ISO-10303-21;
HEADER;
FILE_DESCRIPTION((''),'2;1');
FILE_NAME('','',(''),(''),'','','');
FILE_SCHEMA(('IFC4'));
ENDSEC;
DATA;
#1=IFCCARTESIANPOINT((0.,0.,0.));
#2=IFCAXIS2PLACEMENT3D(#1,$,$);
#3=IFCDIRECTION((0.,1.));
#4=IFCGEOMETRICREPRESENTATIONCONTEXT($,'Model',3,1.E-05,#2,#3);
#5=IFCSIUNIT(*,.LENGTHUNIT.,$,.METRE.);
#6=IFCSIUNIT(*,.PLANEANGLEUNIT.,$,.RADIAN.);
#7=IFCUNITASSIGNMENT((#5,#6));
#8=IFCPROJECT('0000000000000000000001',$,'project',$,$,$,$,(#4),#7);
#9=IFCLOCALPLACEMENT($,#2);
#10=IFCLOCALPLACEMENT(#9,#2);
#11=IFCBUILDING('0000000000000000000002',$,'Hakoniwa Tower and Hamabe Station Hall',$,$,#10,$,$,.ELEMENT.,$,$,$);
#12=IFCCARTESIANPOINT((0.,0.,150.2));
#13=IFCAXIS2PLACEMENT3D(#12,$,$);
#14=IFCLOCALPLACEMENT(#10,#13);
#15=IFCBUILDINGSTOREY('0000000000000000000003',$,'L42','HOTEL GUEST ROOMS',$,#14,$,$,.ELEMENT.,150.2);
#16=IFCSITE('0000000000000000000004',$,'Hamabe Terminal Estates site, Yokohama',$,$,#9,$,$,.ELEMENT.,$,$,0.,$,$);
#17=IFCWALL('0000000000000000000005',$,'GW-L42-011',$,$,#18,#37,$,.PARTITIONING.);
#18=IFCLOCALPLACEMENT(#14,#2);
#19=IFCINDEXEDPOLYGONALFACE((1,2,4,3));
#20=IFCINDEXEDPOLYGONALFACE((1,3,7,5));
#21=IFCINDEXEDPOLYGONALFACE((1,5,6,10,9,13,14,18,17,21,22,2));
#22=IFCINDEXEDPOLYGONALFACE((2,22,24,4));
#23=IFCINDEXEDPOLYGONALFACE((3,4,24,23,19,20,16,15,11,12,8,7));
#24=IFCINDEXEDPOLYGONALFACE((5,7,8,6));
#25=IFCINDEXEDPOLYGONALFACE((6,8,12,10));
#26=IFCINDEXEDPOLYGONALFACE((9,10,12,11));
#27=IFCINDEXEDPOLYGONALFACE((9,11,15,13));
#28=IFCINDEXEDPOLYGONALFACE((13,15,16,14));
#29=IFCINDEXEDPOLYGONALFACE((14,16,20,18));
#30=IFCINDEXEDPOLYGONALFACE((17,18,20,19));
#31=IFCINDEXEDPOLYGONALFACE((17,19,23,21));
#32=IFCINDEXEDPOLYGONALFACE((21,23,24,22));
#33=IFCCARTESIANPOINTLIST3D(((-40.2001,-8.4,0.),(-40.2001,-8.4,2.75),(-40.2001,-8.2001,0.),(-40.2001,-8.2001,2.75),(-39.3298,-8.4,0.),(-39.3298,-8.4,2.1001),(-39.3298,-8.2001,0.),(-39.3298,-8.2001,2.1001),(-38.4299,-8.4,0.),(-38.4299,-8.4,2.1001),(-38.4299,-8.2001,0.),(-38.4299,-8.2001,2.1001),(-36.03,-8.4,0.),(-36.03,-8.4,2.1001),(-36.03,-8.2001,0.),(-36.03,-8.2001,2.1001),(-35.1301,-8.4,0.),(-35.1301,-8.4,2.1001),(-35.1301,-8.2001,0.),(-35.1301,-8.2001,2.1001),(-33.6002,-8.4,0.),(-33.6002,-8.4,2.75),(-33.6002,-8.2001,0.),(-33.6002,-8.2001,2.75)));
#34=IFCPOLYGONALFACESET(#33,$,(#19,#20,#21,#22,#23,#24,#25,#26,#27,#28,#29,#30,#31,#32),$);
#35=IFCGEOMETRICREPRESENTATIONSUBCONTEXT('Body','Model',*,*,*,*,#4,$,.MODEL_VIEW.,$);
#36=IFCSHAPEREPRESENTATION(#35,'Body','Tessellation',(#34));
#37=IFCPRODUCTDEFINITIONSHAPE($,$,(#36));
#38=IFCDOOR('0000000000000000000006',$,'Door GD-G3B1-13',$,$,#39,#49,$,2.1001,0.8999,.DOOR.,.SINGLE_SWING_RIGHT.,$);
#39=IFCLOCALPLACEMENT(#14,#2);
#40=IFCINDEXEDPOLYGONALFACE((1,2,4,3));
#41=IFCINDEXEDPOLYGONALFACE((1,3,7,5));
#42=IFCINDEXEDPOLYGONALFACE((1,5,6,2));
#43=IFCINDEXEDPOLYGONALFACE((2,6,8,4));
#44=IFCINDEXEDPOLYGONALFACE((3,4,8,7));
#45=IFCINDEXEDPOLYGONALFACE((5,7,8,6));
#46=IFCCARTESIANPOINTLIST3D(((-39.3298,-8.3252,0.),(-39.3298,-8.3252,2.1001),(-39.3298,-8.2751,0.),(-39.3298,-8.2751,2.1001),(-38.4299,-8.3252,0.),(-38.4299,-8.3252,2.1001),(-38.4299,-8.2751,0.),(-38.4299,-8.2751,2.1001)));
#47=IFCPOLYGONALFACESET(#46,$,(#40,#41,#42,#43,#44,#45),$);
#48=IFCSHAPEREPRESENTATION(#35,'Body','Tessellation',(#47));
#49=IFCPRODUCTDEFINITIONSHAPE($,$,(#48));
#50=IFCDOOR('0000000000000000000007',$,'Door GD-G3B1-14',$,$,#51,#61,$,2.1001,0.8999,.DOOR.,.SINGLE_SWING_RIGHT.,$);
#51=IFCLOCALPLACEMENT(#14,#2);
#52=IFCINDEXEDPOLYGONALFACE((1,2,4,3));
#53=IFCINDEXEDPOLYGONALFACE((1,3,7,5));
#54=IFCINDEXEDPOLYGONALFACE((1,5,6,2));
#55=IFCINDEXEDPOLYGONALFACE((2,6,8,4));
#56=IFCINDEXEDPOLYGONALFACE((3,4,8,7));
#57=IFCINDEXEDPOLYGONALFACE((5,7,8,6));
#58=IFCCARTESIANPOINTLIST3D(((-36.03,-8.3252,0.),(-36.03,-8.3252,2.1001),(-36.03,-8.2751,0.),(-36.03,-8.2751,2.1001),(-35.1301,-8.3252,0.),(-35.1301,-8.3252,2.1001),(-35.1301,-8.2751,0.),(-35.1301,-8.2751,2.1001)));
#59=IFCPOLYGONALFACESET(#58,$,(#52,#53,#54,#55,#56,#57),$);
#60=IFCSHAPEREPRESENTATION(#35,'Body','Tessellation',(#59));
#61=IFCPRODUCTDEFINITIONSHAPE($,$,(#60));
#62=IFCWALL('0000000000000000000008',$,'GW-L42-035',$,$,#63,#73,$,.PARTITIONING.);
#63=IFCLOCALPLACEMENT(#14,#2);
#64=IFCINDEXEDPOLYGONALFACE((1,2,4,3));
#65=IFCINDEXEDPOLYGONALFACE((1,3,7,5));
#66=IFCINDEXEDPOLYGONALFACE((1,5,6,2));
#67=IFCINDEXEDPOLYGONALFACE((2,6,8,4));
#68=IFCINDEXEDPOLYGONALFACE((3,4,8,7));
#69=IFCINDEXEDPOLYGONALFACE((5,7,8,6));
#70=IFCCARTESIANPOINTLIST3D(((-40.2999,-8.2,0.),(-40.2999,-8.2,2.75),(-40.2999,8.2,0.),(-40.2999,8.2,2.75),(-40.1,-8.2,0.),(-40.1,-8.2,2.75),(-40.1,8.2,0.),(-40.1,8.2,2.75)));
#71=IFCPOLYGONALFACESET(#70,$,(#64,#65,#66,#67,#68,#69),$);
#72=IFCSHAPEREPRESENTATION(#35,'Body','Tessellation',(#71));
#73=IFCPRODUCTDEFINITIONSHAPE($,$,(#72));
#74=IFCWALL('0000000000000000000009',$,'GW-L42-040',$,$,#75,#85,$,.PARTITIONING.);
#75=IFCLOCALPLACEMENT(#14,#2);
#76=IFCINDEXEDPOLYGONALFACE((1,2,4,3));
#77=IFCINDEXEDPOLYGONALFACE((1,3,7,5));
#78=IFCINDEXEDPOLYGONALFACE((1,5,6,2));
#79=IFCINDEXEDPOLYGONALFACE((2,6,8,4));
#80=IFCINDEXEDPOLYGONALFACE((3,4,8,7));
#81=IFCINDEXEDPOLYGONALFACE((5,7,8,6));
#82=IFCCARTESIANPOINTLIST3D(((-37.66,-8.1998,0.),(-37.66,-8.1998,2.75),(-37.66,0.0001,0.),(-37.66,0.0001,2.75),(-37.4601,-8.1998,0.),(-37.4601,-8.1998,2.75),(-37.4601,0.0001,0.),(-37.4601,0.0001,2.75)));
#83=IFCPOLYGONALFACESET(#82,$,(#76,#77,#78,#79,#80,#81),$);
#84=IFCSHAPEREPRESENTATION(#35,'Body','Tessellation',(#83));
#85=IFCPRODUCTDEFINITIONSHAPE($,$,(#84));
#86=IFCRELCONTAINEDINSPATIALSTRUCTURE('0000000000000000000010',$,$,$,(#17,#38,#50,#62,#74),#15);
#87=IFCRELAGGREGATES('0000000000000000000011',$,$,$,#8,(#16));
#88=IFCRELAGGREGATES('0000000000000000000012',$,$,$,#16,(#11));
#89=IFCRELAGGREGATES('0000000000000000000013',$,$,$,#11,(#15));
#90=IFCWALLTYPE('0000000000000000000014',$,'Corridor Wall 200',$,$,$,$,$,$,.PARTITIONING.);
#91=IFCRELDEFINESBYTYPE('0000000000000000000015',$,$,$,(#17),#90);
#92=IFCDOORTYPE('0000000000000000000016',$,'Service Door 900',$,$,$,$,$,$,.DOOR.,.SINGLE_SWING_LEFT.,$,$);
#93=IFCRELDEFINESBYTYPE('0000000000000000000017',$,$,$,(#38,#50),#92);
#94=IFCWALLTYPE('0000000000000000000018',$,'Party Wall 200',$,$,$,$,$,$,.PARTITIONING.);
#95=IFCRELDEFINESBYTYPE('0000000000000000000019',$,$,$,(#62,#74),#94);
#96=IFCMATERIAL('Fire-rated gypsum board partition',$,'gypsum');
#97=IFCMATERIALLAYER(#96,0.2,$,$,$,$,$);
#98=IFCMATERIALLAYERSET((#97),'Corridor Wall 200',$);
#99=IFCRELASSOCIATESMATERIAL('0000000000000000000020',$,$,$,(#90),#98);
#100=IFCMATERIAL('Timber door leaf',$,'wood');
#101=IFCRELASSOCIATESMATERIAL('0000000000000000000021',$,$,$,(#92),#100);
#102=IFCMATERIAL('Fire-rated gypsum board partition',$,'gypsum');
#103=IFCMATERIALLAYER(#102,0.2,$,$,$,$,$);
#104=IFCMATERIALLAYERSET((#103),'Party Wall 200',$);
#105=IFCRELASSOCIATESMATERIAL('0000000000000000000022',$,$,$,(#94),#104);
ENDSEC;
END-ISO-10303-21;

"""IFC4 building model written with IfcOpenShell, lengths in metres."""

from ifc_helpers import new_model, si_unit, direction, frame, frame_2d, origin, place, context, subcontext, project, spatial, rectangle, extrude, material, layer, layer_set, type_object, element, fill, save


model = new_model("IFC4")

# Units and contexts
model_context = context("Model", 3, precision=1e-05, world=origin(), true_north=direction((0.0, 1.0)))
body_context = subcontext(model_context, "Body", "Model", "MODEL_VIEW")
ifc_project = project(units=[si_unit("LENGTHUNIT", "METRE"), si_unit("PLANEANGLEUNIT", "RADIAN")], contexts=[model_context])

# Site, building, storey
site_placement = place(None, origin())
site = spatial("IfcSite", under=ifc_project, at=site_placement, Name="Hamabe Terminal Estates site, Yokohama", CompositionType="ELEMENT", RefElevation=0.0)
building_placement = place(site_placement, origin())
building = spatial("IfcBuilding", under=site, at=building_placement, Name="Hakoniwa Tower and Hamabe Station Hall", CompositionType="ELEMENT")
storey_placement = place(building_placement, frame((0.0, 0.0, 150.2)))
storey = spatial("IfcBuildingStorey", under=building, at=storey_placement, Name="L42", Description="HOTEL GUEST ROOMS", CompositionType="ELEMENT", Elevation=150.2)

# Wall, openings, doors
ifc_material_1 = material(Name="Fire-rated gypsum board partition", Category="gypsum")
ifc_layer_1 = layer(ifc_material_1, 0.2)
ifc_layer_set_1 = layer_set([ifc_layer_1], Name="Corridor Wall 200")
wall_type_1 = type_object("IfcWallType", Name="Corridor Wall 200", PredefinedType="PARTITIONING", material=ifc_layer_set_1)
wall_1_placement = place(storey_placement, frame((-40.2, -8.3, 0.0), z_axis=(0.0, 0.0, 1.0), x_axis=(1.0, 0.0, 0.0)))
wall_1 = element("IfcWall", 1, at=wall_1_placement, inside=storey, type_object=wall_type_1, Name="GW-L42-011", PredefinedType="PARTITIONING", context=body_context, shape_type="SweptSolid", body=[
    extrude(rectangle(XDim=6.5999, YDim=0.2, at=frame_2d((3.2998, 0.0))), origin(), (0.0, 0.0, 1.0), 2.75),
])
opening_1_placement = place(wall_1_placement, frame((0.8701, 0.0, 0.0)))
opening_1 = element("IfcOpeningElement", 2, at=opening_1_placement, cuts=wall_1, PredefinedType="OPENING", context=body_context, shape_type="SweptSolid", body=[
    extrude(rectangle(XDim=0.8999, YDim=2.1001, at=frame_2d((0.45, 1.05))), frame((0.0, 0.1099, 0.0), z_axis=(0.0, -1.0, 0.0), x_axis=(1.0, 0.0, 0.0)), (0.0, 0.0, 1.0), 0.22),
])
opening_2_placement = place(wall_1_placement, frame((4.1699, 0.0, 0.0)))
opening_2 = element("IfcOpeningElement", 3, at=opening_2_placement, cuts=wall_1, PredefinedType="OPENING", context=body_context, shape_type="SweptSolid", body=[
    extrude(rectangle(XDim=0.8999, YDim=2.1001, at=frame_2d((0.45, 1.05))), frame((0.0, 0.1099, 0.0), z_axis=(0.0, -1.0, 0.0), x_axis=(1.0, 0.0, 0.0)), (0.0, 0.0, 1.0), 0.22),
])
ifc_material_2 = material(Name="Timber door leaf", Category="wood")
door_type_1 = type_object("IfcDoorType", Name="Service Door 900", OperationType="SINGLE_SWING_LEFT", PredefinedType="DOOR", material=ifc_material_2)
door_1_placement = place(opening_1_placement, origin())
door_1 = element("IfcDoor", 4, at=door_1_placement, inside=storey, type_object=door_type_1, Name="Door GD-G3B1-13", OperationType="SINGLE_SWING_RIGHT", OverallHeight=2.1001, OverallWidth=0.8999, PredefinedType="DOOR", context=body_context, shape_type="SweptSolid", body=[
    extrude(rectangle(XDim=0.8999, YDim=2.1001, at=frame_2d((0.45, 1.05))), frame((0.0, 0.0249, 0.0), z_axis=(0.0, -1.0, 0.0), x_axis=(1.0, 0.0, 0.0)), (0.0, 0.0, 1.0), 0.05),
])
fill(opening_1, door_1)
door_2_placement = place(opening_2_placement, origin())
door_2 = element("IfcDoor", 5, at=door_2_placement, inside=storey, type_object=door_type_1, Name="Door GD-G3B1-14", OperationType="SINGLE_SWING_RIGHT", OverallHeight=2.1001, OverallWidth=0.8999, PredefinedType="DOOR", context=body_context, shape_type="SweptSolid", body=[
    extrude(rectangle(XDim=0.8999, YDim=2.1001, at=frame_2d((0.45, 1.05))), frame((0.0, 0.0249, 0.0), z_axis=(0.0, -1.0, 0.0), x_axis=(1.0, 0.0, 0.0)), (0.0, 0.0, 1.0), 0.05),
])
fill(opening_2, door_2)

# Walls
ifc_material_3 = material(Name="Fire-rated gypsum board partition", Category="gypsum")
ifc_layer_2 = layer(ifc_material_3, 0.2)
ifc_layer_set_2 = layer_set([ifc_layer_2], Name="Party Wall 200")
wall_type_2 = type_object("IfcWallType", Name="Party Wall 200", PredefinedType="PARTITIONING", material=ifc_layer_set_2)
wall_2_placement = place(storey_placement, frame((-40.2, -8.2, 0.0), z_axis=(0.0, 0.0, 1.0), x_axis=(0.0, 1.0, 0.0)))
element("IfcWall", 6, at=wall_2_placement, inside=storey, type_object=wall_type_2, Name="GW-L42-035", PredefinedType="PARTITIONING", context=body_context, shape_type="SweptSolid", body=[
    extrude(rectangle(XDim=16.3999, YDim=0.2, at=frame_2d((8.2, 0.0))), origin(), (0.0, 0.0, 1.0), 2.75),
])
wall_3_placement = place(storey_placement, frame((-37.5601, -8.2, 0.0), z_axis=(0.0, 0.0, 1.0), x_axis=(0.0, 1.0, 0.0)))
element("IfcWall", 7, at=wall_3_placement, inside=storey, type_object=wall_type_2, Name="GW-L42-040", PredefinedType="PARTITIONING", context=body_context, shape_type="SweptSolid", body=[
    extrude(rectangle(XDim=8.2, YDim=0.2, at=frame_2d((4.1001, 0.0))), origin(), (0.0, 0.0, 1.0), 2.75),
])

save(model, "model.ifc")
